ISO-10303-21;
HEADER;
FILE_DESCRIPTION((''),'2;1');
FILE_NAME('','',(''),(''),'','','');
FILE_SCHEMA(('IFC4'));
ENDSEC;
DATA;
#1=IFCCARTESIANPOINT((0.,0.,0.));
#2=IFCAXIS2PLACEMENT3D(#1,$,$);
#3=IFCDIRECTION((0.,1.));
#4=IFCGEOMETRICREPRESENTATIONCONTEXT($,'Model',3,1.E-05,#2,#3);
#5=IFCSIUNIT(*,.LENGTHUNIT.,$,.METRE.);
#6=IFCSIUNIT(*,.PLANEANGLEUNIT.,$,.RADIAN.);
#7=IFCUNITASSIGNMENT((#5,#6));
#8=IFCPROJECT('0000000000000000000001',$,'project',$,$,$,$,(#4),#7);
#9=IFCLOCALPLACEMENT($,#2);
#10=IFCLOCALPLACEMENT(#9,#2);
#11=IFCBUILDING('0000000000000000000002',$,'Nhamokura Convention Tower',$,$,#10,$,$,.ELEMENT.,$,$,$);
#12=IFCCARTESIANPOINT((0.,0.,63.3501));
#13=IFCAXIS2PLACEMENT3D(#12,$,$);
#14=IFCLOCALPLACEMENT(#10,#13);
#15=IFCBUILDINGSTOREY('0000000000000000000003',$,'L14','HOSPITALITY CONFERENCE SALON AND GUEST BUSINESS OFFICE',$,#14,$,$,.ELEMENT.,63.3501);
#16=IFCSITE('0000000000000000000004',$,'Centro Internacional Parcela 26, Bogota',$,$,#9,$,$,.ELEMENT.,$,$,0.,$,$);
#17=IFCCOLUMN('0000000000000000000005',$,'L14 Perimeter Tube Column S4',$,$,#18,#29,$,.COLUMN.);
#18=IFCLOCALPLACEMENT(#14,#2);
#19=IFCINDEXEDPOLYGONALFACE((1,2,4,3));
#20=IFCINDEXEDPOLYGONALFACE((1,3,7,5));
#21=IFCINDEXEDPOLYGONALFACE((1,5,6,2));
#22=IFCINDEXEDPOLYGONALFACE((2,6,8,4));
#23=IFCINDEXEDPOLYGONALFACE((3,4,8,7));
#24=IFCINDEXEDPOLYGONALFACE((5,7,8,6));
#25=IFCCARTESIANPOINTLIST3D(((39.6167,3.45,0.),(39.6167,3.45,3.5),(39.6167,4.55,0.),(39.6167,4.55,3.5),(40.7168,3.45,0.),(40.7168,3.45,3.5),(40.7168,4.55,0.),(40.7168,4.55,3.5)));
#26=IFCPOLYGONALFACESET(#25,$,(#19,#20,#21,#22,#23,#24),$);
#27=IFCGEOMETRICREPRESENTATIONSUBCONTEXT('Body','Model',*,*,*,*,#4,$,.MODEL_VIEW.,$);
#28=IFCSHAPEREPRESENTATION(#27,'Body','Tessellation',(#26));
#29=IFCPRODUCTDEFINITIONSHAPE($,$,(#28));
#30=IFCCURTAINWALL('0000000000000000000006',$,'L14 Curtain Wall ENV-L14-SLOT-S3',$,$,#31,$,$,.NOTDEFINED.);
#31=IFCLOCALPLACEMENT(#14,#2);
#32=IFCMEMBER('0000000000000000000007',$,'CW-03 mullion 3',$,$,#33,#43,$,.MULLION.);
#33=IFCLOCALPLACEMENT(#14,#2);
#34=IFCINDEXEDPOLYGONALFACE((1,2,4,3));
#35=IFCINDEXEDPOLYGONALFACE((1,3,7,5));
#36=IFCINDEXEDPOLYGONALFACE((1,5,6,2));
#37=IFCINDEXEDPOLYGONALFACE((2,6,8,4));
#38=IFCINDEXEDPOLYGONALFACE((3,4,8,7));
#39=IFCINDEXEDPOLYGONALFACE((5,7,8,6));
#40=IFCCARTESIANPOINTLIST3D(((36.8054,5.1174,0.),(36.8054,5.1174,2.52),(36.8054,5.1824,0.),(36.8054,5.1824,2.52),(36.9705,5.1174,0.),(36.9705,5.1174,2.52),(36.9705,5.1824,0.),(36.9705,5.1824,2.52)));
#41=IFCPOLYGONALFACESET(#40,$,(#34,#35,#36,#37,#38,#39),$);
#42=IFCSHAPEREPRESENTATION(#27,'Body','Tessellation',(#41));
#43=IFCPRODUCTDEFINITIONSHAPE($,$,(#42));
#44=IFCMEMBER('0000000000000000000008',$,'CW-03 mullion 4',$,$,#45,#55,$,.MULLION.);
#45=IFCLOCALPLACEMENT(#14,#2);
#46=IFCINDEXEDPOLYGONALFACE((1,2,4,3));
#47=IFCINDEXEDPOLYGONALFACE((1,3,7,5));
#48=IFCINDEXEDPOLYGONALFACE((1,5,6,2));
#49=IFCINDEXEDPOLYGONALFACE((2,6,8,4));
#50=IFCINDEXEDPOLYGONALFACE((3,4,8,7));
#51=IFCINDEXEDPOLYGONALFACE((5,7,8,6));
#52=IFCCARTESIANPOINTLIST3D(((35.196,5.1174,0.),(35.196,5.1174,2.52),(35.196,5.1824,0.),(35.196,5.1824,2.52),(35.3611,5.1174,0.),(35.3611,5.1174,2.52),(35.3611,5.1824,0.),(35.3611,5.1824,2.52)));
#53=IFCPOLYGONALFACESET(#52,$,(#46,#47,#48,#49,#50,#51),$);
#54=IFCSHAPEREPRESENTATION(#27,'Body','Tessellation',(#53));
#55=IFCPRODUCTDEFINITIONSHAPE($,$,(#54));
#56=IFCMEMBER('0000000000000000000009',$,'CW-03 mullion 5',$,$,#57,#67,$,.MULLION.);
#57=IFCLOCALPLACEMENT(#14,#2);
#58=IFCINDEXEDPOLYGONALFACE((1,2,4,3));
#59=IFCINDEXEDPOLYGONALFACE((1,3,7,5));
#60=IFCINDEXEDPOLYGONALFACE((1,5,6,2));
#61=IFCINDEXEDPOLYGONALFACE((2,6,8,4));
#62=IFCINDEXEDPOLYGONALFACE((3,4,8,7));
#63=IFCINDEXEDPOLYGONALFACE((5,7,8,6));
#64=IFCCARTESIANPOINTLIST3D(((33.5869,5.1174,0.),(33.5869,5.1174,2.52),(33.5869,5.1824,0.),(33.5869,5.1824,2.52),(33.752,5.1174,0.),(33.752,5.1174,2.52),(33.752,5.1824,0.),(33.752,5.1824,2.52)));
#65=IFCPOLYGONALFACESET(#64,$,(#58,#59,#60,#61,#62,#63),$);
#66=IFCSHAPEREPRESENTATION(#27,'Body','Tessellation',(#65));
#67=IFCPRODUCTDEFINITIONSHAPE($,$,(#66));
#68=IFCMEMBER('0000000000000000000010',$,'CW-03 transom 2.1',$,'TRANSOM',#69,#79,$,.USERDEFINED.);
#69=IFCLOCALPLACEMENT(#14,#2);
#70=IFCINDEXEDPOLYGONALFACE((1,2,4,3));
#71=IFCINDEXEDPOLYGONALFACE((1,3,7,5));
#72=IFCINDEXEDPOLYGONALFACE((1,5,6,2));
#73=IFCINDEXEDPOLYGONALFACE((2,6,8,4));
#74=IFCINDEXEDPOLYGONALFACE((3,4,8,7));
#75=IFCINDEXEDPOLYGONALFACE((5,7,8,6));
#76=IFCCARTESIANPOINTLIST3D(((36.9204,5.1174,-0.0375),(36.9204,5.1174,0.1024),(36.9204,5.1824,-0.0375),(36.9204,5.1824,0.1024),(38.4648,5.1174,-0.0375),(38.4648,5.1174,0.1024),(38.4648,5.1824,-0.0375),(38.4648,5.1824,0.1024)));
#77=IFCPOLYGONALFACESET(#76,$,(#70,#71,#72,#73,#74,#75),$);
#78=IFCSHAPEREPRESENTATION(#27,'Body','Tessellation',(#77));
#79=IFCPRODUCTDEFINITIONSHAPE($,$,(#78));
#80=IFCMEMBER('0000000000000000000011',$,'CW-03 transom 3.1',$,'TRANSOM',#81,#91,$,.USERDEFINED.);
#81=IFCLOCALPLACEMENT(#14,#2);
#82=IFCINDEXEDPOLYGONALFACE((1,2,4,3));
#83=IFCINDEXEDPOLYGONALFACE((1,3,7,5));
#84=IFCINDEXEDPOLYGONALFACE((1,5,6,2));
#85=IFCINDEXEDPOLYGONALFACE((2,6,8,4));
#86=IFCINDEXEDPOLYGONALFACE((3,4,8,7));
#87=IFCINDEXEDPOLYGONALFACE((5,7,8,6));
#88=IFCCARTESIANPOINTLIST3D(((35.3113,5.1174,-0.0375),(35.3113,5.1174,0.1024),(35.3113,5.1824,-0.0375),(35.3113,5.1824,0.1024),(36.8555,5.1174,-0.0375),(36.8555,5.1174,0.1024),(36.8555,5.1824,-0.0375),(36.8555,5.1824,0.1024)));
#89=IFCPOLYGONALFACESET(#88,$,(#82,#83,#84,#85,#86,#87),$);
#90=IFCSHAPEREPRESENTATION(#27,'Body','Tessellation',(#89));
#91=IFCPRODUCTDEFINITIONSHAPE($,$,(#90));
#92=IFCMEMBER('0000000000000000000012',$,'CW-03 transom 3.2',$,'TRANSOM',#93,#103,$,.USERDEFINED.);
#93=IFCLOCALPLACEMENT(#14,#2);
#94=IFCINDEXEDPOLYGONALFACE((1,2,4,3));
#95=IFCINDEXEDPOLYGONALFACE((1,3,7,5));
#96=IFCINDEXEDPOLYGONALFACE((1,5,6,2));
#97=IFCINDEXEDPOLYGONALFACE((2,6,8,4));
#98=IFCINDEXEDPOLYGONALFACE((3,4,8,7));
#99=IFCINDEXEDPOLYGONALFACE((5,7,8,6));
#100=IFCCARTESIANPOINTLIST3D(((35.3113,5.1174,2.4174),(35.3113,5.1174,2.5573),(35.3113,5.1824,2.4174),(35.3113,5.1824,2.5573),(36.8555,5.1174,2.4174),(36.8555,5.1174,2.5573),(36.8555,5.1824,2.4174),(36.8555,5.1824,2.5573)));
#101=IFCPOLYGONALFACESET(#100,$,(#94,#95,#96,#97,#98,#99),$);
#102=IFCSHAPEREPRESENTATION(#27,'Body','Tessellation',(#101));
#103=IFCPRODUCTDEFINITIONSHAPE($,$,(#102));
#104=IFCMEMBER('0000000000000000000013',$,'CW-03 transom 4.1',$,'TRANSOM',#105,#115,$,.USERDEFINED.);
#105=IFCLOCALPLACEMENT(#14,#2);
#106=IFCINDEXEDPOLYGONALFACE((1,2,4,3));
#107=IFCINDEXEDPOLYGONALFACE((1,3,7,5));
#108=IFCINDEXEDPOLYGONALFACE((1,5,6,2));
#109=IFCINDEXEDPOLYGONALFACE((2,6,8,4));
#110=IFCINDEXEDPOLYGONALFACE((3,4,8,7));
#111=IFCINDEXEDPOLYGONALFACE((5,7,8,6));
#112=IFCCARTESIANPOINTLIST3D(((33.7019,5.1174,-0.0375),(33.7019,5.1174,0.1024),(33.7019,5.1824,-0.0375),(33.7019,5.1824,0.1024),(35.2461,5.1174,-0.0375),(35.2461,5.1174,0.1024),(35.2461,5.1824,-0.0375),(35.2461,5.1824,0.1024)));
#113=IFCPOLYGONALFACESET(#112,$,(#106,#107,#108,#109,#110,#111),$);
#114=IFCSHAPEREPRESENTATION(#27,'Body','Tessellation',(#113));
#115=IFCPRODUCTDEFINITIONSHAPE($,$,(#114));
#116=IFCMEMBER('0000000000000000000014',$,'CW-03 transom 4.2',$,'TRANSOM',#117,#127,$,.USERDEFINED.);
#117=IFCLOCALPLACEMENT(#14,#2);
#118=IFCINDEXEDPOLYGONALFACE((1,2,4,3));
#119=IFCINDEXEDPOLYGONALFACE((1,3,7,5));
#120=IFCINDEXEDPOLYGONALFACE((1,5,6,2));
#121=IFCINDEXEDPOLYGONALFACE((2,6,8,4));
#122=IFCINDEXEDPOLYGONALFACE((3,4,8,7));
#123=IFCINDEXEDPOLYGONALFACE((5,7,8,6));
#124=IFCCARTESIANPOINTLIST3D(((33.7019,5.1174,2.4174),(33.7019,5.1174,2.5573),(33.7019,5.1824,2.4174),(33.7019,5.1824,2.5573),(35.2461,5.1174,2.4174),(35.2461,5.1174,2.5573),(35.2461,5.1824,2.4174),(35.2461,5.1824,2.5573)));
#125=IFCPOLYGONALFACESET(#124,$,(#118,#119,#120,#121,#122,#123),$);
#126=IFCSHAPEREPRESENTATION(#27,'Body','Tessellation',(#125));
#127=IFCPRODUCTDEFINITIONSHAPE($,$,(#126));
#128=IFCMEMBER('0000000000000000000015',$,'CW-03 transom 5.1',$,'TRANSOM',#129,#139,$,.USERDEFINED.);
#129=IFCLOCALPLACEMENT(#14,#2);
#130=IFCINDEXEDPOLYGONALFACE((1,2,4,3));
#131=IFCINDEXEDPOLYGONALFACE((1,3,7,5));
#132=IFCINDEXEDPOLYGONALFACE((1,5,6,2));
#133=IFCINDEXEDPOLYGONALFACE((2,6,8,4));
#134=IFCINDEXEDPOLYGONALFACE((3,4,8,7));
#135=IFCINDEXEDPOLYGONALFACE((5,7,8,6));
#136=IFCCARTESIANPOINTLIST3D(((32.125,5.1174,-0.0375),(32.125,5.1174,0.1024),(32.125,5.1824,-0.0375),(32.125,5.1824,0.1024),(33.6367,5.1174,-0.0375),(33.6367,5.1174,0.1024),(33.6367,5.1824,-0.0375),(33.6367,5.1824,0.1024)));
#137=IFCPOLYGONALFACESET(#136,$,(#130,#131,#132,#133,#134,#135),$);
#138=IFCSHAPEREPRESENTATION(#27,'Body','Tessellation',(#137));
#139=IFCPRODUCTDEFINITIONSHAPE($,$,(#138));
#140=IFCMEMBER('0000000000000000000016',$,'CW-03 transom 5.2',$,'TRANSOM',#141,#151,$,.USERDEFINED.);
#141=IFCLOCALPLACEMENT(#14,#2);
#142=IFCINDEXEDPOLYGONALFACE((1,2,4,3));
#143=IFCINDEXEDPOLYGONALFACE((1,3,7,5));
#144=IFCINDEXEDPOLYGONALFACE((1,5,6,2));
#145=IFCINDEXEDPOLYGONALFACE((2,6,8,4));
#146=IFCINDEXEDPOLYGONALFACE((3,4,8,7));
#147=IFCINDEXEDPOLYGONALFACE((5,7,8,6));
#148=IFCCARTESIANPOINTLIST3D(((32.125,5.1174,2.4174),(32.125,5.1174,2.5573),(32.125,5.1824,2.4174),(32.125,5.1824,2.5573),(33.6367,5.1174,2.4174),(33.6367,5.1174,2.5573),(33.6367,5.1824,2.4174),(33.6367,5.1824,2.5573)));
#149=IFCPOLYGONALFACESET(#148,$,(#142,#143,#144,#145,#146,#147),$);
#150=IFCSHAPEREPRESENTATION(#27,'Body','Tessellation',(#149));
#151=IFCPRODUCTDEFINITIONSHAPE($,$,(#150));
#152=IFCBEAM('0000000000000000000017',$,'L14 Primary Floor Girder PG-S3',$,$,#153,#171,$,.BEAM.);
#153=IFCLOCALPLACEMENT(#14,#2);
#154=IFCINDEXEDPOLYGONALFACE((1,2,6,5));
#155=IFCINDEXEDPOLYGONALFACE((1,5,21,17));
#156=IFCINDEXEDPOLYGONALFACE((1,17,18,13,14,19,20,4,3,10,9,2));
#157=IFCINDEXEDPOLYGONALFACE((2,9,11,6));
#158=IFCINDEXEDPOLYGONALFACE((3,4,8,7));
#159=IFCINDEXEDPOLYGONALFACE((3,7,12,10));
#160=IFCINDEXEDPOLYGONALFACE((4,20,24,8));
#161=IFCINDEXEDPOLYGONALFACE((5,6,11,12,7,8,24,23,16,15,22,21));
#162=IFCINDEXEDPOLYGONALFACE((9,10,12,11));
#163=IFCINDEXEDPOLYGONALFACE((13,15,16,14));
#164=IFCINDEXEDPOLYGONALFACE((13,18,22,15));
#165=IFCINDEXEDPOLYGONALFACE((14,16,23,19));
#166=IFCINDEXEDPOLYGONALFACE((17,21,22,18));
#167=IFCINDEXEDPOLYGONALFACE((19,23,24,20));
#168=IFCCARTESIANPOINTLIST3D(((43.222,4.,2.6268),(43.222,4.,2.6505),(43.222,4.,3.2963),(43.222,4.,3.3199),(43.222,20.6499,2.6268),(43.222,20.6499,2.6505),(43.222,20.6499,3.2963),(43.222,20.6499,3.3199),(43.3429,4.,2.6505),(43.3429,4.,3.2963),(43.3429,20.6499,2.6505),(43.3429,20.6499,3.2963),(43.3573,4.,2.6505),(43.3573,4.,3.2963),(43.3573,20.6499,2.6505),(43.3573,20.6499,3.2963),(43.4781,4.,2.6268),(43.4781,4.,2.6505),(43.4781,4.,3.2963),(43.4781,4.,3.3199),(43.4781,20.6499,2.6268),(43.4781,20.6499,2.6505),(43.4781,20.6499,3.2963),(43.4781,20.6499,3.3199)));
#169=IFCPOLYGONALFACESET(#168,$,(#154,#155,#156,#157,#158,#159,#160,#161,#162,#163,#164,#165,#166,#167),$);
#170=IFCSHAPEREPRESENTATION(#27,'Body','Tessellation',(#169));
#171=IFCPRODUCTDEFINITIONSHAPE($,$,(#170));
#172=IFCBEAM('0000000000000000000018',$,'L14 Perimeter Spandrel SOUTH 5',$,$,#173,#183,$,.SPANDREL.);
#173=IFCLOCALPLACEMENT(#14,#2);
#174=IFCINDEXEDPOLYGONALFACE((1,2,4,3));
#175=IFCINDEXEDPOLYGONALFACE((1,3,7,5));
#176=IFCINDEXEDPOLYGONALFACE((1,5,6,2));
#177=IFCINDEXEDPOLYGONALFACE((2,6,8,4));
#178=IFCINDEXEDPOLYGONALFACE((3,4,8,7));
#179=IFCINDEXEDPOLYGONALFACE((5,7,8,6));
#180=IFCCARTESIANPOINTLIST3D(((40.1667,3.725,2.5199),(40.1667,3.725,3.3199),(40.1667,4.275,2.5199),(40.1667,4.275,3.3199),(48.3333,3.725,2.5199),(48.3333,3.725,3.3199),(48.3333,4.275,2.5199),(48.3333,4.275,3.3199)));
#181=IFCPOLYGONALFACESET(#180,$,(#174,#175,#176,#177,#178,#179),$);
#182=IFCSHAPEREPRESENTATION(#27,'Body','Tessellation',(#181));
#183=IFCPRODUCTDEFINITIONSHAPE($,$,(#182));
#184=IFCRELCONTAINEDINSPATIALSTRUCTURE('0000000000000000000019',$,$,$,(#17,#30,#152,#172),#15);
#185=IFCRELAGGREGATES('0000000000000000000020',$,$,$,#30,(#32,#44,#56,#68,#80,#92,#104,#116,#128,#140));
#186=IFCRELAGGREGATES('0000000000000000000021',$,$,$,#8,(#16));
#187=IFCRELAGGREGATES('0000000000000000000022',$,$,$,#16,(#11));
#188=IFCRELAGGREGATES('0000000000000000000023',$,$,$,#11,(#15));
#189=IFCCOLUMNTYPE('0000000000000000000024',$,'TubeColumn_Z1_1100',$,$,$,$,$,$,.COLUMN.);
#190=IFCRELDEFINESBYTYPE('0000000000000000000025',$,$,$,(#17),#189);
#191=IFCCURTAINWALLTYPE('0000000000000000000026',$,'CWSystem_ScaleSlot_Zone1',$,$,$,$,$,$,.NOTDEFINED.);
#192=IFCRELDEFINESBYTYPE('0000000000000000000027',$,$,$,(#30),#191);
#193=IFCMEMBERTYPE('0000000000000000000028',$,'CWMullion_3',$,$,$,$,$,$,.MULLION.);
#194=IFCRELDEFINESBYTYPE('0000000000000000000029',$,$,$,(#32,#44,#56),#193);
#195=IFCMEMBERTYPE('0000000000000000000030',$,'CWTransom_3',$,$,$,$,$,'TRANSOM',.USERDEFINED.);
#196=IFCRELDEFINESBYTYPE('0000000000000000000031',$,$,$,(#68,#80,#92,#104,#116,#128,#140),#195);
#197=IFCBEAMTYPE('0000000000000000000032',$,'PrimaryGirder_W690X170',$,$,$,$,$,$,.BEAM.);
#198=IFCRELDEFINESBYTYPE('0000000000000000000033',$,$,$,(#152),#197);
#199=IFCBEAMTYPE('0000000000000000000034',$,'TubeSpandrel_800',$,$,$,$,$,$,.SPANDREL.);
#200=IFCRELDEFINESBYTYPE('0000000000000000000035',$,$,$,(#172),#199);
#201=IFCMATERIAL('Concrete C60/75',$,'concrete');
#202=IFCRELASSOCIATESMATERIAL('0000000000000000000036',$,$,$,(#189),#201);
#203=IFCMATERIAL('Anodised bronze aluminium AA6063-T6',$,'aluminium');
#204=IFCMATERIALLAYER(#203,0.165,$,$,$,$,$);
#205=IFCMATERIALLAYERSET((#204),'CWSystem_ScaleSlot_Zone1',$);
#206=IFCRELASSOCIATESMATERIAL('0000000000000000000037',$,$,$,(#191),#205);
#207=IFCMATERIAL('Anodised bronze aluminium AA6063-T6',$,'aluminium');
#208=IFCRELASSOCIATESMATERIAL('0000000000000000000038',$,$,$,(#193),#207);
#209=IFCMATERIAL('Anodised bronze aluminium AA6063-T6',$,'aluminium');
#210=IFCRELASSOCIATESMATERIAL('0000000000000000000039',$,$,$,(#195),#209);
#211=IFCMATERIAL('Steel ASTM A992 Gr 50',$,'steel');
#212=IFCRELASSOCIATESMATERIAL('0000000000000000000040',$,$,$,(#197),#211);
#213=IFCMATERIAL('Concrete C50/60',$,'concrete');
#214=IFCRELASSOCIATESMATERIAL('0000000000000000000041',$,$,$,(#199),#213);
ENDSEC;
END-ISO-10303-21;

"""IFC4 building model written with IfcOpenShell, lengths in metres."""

from ifc_helpers import new_model, si_unit, direction, frame, origin, origin_2d, place, context, subcontext, project, spatial, rectangle, i_section, extrude, material, layer, layer_set, material_profile, profile_set, type_object, element, aggregate, save


model = new_model("IFC4")

# Units and contexts
model_context = context("Model", 3, precision=1e-05, world=origin(), true_north=direction((0.0, 1.0)))
body_context = subcontext(model_context, "Body", "Model", "MODEL_VIEW")
ifc_project = project(units=[si_unit("LENGTHUNIT", "METRE"), si_unit("PLANEANGLEUNIT", "RADIAN")], contexts=[model_context])

# Site, building, storey
site_placement = place(None, origin())
site = spatial("IfcSite", under=ifc_project, at=site_placement, Name="Centro Internacional Parcela 26, Bogota", CompositionType="ELEMENT", RefElevation=0.0)
building_placement = place(site_placement, origin())
building = spatial("IfcBuilding", under=site, at=building_placement, Name="Nhamokura Convention Tower", CompositionType="ELEMENT")
storey_placement = place(building_placement, frame((0.0, 0.0, 63.3501)))
storey = spatial("IfcBuildingStorey", under=building, at=storey_placement, Name="L14", Description="HOSPITALITY CONFERENCE SALON AND GUEST BUSINESS OFFICE", CompositionType="ELEMENT", Elevation=63.3501)

# Column
ifc_material_1 = material(Name="Concrete C60/75", Category="concrete")
ifc_material_profile_1 = material_profile(ifc_material_1, rectangle(XDim=1.1001, YDim=1.1001, at=origin_2d()))
ifc_profile_set_1 = profile_set([ifc_material_profile_1], Name="Concrete C60/75")
column_type = type_object("IfcColumnType", Name="TubeColumn_Z1_1100", PredefinedType="COLUMN", material=ifc_profile_set_1)
column_placement = place(storey_placement, frame((40.1667, 4.0, 0.0), z_axis=(0.0, 0.0, 1.0), x_axis=(1.0, 0.0, 0.0)))
element("IfcColumn", 1, at=column_placement, inside=storey, type_object=column_type, Name="L14 Perimeter Tube Column S4", PredefinedType="COLUMN", context=body_context, shape_type="SweptSolid", body=[
    extrude(rectangle(XDim=1.1001, YDim=1.1001, at=origin_2d()), origin(), (0.0, 0.0, 1.0), 3.5),
])

# Curtain wall, members
ifc_material_2 = material(Name="Anodised bronze aluminium AA6063-T6", Category="aluminium")
ifc_layer_1 = layer(ifc_material_2, 0.165)
ifc_layer_set_1 = layer_set([ifc_layer_1], Name="CWSystem_ScaleSlot_Zone1")
curtain_wall_type = type_object("IfcCurtainWallType", Name="CWSystem_ScaleSlot_Zone1", PredefinedType="NOTDEFINED", material=ifc_layer_set_1)
curtain_wall_placement = place(storey_placement, origin())
curtain_wall = element("IfcCurtainWall", 2, at=curtain_wall_placement, inside=storey, type_object=curtain_wall_type, Name="L14 Curtain Wall ENV-L14-SLOT-S3", PredefinedType="NOTDEFINED")
ifc_material_3 = material(Name="Anodised bronze aluminium AA6063-T6", Category="aluminium")
ifc_material_profile_2 = material_profile(ifc_material_3, rectangle(XDim=0.0649, YDim=0.165, at=origin_2d()))
ifc_profile_set_2 = profile_set([ifc_material_profile_2], Name="Anodised bronze aluminium AA6063-T6")
member_type_1 = type_object("IfcMemberType", Name="CWMullion_3", PredefinedType="MULLION", material=ifc_profile_set_2)
member_1_placement = place(storey_placement, frame((36.8879, 5.1499, 0.0), z_axis=(0.0, 0.0, 1.0), x_axis=(0.0, -1.0, 0.0)))
member_1 = element("IfcMember", 3, at=member_1_placement, type_object=member_type_1, Name="CW-03 mullion 3", PredefinedType="MULLION", context=body_context, shape_type="SweptSolid", body=[
    extrude(rectangle(XDim=0.0649, YDim=0.165, at=origin_2d()), origin(), (0.0, 0.0, 1.0), 2.52),
])
member_2_placement = place(storey_placement, frame((35.2786, 5.1499, 0.0), z_axis=(0.0, 0.0, 1.0), x_axis=(0.0, -1.0, 0.0)))
member_2 = element("IfcMember", 4, at=member_2_placement, type_object=member_type_1, Name="CW-03 mullion 4", PredefinedType="MULLION", context=body_context, shape_type="SweptSolid", body=[
    extrude(rectangle(XDim=0.0649, YDim=0.165, at=origin_2d()), origin(), (0.0, 0.0, 1.0), 2.52),
])
member_3_placement = place(storey_placement, frame((33.6694, 5.1499, 0.0), z_axis=(0.0, 0.0, 1.0), x_axis=(0.0, -1.0, 0.0)))
member_3 = element("IfcMember", 5, at=member_3_placement, type_object=member_type_1, Name="CW-03 mullion 5", PredefinedType="MULLION", context=body_context, shape_type="SweptSolid", body=[
    extrude(rectangle(XDim=0.0649, YDim=0.165, at=origin_2d()), origin(), (0.0, 0.0, 1.0), 2.52),
])
ifc_material_4 = material(Name="Anodised bronze aluminium AA6063-T6", Category="aluminium")
ifc_material_profile_3 = material_profile(ifc_material_4, rectangle(XDim=0.0649, YDim=0.1399, at=origin_2d()))
ifc_profile_set_3 = profile_set([ifc_material_profile_3], Name="Anodised bronze aluminium AA6063-T6")
member_type_2 = type_object("IfcMemberType", Name="CWTransom_3", ElementType="TRANSOM", PredefinedType="USERDEFINED", material=ifc_profile_set_3)
member_4_placement = place(storey_placement, frame((38.4648, 5.1499, 0.0325), z_axis=(-1.0, 0.0, 0.0), x_axis=(0.0, -1.0, 0.0)))
member_4 = element("IfcMember", 6, at=member_4_placement, type_object=member_type_2, Name="CW-03 transom 2.1", ObjectType="TRANSOM", PredefinedType="USERDEFINED", context=body_context, shape_type="SweptSolid", body=[
    extrude(rectangle(XDim=0.0649, YDim=0.1399, at=origin_2d()), origin(), (0.0, 0.0, 1.0), 1.5444),
])
member_5_placement = place(storey_placement, frame((36.8555, 5.1499, 0.0325), z_axis=(-1.0, 0.0, 0.0), x_axis=(0.0, -1.0, 0.0)))
member_5 = element("IfcMember", 7, at=member_5_placement, type_object=member_type_2, Name="CW-03 transom 3.1", ObjectType="TRANSOM", PredefinedType="USERDEFINED", context=body_context, shape_type="SweptSolid", body=[
    extrude(rectangle(XDim=0.0649, YDim=0.1399, at=origin_2d()), origin(), (0.0, 0.0, 1.0), 1.5442),
])
member_6_placement = place(storey_placement, frame((36.8555, 5.1499, 2.4873), z_axis=(-1.0, 0.0, 0.0), x_axis=(0.0, -1.0, 0.0)))
member_6 = element("IfcMember", 8, at=member_6_placement, type_object=member_type_2, Name="CW-03 transom 3.2", ObjectType="TRANSOM", PredefinedType="USERDEFINED", context=body_context, shape_type="SweptSolid", body=[
    extrude(rectangle(XDim=0.0649, YDim=0.1399, at=origin_2d()), origin(), (0.0, 0.0, 1.0), 1.5442),
])
member_7_placement = place(storey_placement, frame((35.2461, 5.1499, 0.0325), z_axis=(-1.0, 0.0, 0.0), x_axis=(0.0, -1.0, 0.0)))
member_7 = element("IfcMember", 9, at=member_7_placement, type_object=member_type_2, Name="CW-03 transom 4.1", ObjectType="TRANSOM", PredefinedType="USERDEFINED", context=body_context, shape_type="SweptSolid", body=[
    extrude(rectangle(XDim=0.0649, YDim=0.1399, at=origin_2d()), origin(), (0.0, 0.0, 1.0), 1.5442),
])
member_8_placement = place(storey_placement, frame((35.2461, 5.1499, 2.4873), z_axis=(-1.0, 0.0, 0.0), x_axis=(0.0, -1.0, 0.0)))
member_8 = element("IfcMember", 10, at=member_8_placement, type_object=member_type_2, Name="CW-03 transom 4.2", ObjectType="TRANSOM", PredefinedType="USERDEFINED", context=body_context, shape_type="SweptSolid", body=[
    extrude(rectangle(XDim=0.0649, YDim=0.1399, at=origin_2d()), origin(), (0.0, 0.0, 1.0), 1.5442),
])
member_9_placement = place(storey_placement, frame((33.6367, 5.1499, 0.0325), z_axis=(-1.0, 0.0, 0.0), x_axis=(0.0, -1.0, 0.0)))
member_9 = element("IfcMember", 11, at=member_9_placement, type_object=member_type_2, Name="CW-03 transom 5.1", ObjectType="TRANSOM", PredefinedType="USERDEFINED", context=body_context, shape_type="SweptSolid", body=[
    extrude(rectangle(XDim=0.0649, YDim=0.1399, at=origin_2d()), origin(), (0.0, 0.0, 1.0), 1.5117),
])
member_10_placement = place(storey_placement, frame((33.6367, 5.1499, 2.4873), z_axis=(-1.0, 0.0, 0.0), x_axis=(0.0, -1.0, 0.0)))
member_10 = element("IfcMember", 12, at=member_10_placement, type_object=member_type_2, Name="CW-03 transom 5.2", ObjectType="TRANSOM", PredefinedType="USERDEFINED", context=body_context, shape_type="SweptSolid", body=[
    extrude(rectangle(XDim=0.0649, YDim=0.1399, at=origin_2d()), origin(), (0.0, 0.0, 1.0), 1.5117),
])

# Beams
ifc_material_5 = material(Name="Steel ASTM A992 Gr 50", Category="steel")
ifc_material_profile_4 = material_profile(ifc_material_5, i_section(OverallWidth=0.2561, OverallDepth=0.6931, WebThickness=0.0144, FlangeThickness=0.0237, at=origin_2d()))
ifc_profile_set_4 = profile_set([ifc_material_profile_4], Name="Steel ASTM A992 Gr 50")
beam_type_1 = type_object("IfcBeamType", Name="PrimaryGirder_W690X170", PredefinedType="BEAM", material=ifc_profile_set_4)
beam_1_placement = place(storey_placement, frame((43.3501, 4.0, 2.9734), z_axis=(0.0, 1.0, 0.0), x_axis=(-1.0, 0.0, 0.0)))
element("IfcBeam", 13, at=beam_1_placement, inside=storey, type_object=beam_type_1, Name="L14 Primary Floor Girder PG-S3", PredefinedType="BEAM", context=body_context, shape_type="SweptSolid", body=[
    extrude(i_section(OverallWidth=0.2561, OverallDepth=0.6931, WebThickness=0.0144, FlangeThickness=0.0237, at=origin_2d()), origin(), (0.0, 0.0, 1.0), 16.6499),
])
ifc_material_6 = material(Name="Concrete C50/60", Category="concrete")
ifc_material_profile_5 = material_profile(ifc_material_6, rectangle(XDim=0.55, YDim=0.8, at=origin_2d()))
ifc_profile_set_5 = profile_set([ifc_material_profile_5], Name="Concrete C50/60")
beam_type_2 = type_object("IfcBeamType", Name="TubeSpandrel_800", PredefinedType="SPANDREL", material=ifc_profile_set_5)
beam_2_placement = place(storey_placement, frame((40.1667, 4.0, 2.9199), z_axis=(1.0, 0.0, 0.0), x_axis=(0.0, 1.0, 0.0)))
element("IfcBeam", 14, at=beam_2_placement, inside=storey, type_object=beam_type_2, Name="L14 Perimeter Spandrel SOUTH 5", PredefinedType="SPANDREL", context=body_context, shape_type="SweptSolid", body=[
    extrude(rectangle(XDim=0.55, YDim=0.8, at=origin_2d()), origin(), (0.0, 0.0, 1.0), 8.1665),
])

aggregate(curtain_wall, [member_1, member_2, member_3, member_4, member_5, member_6, member_7, member_8, member_9, member_10])

save(model, "model.ifc")
